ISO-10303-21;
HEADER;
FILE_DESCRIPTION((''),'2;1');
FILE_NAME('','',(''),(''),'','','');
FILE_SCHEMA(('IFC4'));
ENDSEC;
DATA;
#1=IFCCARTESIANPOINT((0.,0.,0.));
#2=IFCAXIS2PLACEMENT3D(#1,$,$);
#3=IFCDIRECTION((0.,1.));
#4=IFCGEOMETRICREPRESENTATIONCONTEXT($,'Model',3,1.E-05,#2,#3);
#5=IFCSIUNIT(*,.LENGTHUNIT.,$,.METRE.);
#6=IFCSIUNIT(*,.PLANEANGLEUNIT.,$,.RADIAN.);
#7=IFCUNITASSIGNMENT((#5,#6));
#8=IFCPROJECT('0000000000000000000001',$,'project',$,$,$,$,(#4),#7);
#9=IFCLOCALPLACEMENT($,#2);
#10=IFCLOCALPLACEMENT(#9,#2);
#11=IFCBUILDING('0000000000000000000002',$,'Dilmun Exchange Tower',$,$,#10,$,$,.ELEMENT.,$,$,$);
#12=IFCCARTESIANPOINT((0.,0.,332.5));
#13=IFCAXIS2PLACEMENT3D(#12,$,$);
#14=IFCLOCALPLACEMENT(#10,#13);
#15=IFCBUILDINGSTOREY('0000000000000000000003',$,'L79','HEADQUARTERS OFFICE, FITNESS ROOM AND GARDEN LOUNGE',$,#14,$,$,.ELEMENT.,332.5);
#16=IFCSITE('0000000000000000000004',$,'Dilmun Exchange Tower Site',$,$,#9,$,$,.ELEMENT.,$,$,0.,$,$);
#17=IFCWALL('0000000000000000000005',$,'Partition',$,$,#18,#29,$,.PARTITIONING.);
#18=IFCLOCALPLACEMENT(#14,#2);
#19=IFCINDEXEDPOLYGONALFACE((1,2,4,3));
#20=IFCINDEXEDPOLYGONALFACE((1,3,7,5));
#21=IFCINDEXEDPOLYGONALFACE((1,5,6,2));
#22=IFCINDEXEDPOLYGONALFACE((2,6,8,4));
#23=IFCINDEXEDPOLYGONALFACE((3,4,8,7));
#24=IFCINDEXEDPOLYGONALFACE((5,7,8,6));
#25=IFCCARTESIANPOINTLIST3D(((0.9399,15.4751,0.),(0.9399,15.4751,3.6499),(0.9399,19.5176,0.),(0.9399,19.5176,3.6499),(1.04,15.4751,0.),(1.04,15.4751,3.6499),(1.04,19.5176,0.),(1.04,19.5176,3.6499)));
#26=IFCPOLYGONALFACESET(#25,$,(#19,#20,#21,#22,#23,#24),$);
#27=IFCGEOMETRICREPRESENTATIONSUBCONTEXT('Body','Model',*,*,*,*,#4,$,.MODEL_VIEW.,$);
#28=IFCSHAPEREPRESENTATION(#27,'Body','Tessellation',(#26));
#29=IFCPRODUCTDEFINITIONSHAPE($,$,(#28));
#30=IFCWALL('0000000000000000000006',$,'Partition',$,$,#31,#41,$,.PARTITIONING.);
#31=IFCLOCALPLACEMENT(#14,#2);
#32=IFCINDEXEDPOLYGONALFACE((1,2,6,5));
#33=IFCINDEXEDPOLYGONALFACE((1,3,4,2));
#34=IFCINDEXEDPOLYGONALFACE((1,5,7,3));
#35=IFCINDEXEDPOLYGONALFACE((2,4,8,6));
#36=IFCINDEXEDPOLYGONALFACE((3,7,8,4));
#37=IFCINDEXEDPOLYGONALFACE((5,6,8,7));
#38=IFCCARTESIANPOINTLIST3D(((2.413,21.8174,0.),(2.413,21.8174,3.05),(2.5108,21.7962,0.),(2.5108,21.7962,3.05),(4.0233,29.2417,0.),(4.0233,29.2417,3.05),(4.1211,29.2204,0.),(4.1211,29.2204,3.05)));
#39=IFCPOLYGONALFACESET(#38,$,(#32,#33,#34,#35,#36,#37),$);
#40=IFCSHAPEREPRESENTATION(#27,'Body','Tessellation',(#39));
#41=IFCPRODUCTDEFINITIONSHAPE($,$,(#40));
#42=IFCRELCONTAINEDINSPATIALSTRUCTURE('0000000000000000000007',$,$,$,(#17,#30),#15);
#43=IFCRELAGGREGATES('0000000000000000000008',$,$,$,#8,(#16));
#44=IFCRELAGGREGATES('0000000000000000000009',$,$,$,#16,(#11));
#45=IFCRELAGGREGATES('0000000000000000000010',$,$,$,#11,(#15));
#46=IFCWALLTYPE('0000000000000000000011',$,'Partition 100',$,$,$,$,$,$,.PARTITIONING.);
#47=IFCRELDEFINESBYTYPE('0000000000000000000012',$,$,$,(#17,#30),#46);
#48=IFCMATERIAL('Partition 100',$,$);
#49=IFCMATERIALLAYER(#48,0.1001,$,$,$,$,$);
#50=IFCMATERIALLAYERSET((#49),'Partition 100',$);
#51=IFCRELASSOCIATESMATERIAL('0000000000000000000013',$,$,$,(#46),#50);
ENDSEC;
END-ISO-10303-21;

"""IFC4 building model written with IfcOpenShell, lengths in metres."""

from ifc_helpers import new_model, si_unit, direction, frame, frame_2d, origin, place, context, subcontext, project, spatial, rectangle, extrude, material, layer, layer_set, type_object, element, save


model = new_model("IFC4")

# Units and contexts
model_context = context("Model", 3, precision=1e-05, world=origin(), true_north=direction((0.0, 1.0)))
body_context = subcontext(model_context, "Body", "Model", "MODEL_VIEW")
ifc_project = project(units=[si_unit("LENGTHUNIT", "METRE"), si_unit("PLANEANGLEUNIT", "RADIAN")], contexts=[model_context])

# Site, building, storey
site_placement = place(None, origin())
site = spatial("IfcSite", under=ifc_project, at=site_placement, Name="Dilmun Exchange Tower Site", CompositionType="ELEMENT", RefElevation=0.0)
building_placement = place(site_placement, origin())
building = spatial("IfcBuilding", under=site, at=building_placement, Name="Dilmun Exchange Tower", CompositionType="ELEMENT")
storey_placement = place(building_placement, frame((0.0, 0.0, 332.5)))
storey = spatial("IfcBuildingStorey", under=building, at=storey_placement, Name="L79", Description="HEADQUARTERS OFFICE, FITNESS ROOM AND GARDEN LOUNGE", CompositionType="ELEMENT", Elevation=332.5)

# Walls
ifc_material_1 = material(Name="Partition 100")
ifc_layer_1 = layer(ifc_material_1, 0.1001)
ifc_layer_set_1 = layer_set([ifc_layer_1], Name="Partition 100")
wall_type_1 = type_object("IfcWallType", Name="Partition 100", PredefinedType="PARTITIONING", material=ifc_layer_set_1)
wall_1_placement = place(storey_placement, frame((0.99, 15.4751, 0.0), z_axis=(0.0, 0.0, 1.0), x_axis=(0.0, 1.0, 0.0)))
element("IfcWall", 1, at=wall_1_placement, inside=storey, type_object=wall_type_1, Name="Partition", PredefinedType="PARTITIONING", context=body_context, shape_type="SweptSolid", body=[
    extrude(rectangle(XDim=4.0425, YDim=0.1001, at=frame_2d((2.0212, 0.0))), origin(), (0.0, 0.0, 1.0), 3.6499),
])
wall_2_placement = place(storey_placement, frame((2.4619, 21.8069, 0.0), z_axis=(0.0, 0.0, 1.0), x_axis=(0.211973, 0.977275, 0.0)))
element("IfcWall", 2, at=wall_2_placement, inside=storey, type_object=wall_type_1, Name="Partition", PredefinedType="PARTITIONING", context=body_context, shape_type="SweptSolid", body=[
    extrude(rectangle(XDim=7.5969, YDim=0.1001, at=frame_2d((3.7983, 0.0))), origin(), (0.0, 0.0, 1.0), 3.05),
])

save(model, "model.ifc")
